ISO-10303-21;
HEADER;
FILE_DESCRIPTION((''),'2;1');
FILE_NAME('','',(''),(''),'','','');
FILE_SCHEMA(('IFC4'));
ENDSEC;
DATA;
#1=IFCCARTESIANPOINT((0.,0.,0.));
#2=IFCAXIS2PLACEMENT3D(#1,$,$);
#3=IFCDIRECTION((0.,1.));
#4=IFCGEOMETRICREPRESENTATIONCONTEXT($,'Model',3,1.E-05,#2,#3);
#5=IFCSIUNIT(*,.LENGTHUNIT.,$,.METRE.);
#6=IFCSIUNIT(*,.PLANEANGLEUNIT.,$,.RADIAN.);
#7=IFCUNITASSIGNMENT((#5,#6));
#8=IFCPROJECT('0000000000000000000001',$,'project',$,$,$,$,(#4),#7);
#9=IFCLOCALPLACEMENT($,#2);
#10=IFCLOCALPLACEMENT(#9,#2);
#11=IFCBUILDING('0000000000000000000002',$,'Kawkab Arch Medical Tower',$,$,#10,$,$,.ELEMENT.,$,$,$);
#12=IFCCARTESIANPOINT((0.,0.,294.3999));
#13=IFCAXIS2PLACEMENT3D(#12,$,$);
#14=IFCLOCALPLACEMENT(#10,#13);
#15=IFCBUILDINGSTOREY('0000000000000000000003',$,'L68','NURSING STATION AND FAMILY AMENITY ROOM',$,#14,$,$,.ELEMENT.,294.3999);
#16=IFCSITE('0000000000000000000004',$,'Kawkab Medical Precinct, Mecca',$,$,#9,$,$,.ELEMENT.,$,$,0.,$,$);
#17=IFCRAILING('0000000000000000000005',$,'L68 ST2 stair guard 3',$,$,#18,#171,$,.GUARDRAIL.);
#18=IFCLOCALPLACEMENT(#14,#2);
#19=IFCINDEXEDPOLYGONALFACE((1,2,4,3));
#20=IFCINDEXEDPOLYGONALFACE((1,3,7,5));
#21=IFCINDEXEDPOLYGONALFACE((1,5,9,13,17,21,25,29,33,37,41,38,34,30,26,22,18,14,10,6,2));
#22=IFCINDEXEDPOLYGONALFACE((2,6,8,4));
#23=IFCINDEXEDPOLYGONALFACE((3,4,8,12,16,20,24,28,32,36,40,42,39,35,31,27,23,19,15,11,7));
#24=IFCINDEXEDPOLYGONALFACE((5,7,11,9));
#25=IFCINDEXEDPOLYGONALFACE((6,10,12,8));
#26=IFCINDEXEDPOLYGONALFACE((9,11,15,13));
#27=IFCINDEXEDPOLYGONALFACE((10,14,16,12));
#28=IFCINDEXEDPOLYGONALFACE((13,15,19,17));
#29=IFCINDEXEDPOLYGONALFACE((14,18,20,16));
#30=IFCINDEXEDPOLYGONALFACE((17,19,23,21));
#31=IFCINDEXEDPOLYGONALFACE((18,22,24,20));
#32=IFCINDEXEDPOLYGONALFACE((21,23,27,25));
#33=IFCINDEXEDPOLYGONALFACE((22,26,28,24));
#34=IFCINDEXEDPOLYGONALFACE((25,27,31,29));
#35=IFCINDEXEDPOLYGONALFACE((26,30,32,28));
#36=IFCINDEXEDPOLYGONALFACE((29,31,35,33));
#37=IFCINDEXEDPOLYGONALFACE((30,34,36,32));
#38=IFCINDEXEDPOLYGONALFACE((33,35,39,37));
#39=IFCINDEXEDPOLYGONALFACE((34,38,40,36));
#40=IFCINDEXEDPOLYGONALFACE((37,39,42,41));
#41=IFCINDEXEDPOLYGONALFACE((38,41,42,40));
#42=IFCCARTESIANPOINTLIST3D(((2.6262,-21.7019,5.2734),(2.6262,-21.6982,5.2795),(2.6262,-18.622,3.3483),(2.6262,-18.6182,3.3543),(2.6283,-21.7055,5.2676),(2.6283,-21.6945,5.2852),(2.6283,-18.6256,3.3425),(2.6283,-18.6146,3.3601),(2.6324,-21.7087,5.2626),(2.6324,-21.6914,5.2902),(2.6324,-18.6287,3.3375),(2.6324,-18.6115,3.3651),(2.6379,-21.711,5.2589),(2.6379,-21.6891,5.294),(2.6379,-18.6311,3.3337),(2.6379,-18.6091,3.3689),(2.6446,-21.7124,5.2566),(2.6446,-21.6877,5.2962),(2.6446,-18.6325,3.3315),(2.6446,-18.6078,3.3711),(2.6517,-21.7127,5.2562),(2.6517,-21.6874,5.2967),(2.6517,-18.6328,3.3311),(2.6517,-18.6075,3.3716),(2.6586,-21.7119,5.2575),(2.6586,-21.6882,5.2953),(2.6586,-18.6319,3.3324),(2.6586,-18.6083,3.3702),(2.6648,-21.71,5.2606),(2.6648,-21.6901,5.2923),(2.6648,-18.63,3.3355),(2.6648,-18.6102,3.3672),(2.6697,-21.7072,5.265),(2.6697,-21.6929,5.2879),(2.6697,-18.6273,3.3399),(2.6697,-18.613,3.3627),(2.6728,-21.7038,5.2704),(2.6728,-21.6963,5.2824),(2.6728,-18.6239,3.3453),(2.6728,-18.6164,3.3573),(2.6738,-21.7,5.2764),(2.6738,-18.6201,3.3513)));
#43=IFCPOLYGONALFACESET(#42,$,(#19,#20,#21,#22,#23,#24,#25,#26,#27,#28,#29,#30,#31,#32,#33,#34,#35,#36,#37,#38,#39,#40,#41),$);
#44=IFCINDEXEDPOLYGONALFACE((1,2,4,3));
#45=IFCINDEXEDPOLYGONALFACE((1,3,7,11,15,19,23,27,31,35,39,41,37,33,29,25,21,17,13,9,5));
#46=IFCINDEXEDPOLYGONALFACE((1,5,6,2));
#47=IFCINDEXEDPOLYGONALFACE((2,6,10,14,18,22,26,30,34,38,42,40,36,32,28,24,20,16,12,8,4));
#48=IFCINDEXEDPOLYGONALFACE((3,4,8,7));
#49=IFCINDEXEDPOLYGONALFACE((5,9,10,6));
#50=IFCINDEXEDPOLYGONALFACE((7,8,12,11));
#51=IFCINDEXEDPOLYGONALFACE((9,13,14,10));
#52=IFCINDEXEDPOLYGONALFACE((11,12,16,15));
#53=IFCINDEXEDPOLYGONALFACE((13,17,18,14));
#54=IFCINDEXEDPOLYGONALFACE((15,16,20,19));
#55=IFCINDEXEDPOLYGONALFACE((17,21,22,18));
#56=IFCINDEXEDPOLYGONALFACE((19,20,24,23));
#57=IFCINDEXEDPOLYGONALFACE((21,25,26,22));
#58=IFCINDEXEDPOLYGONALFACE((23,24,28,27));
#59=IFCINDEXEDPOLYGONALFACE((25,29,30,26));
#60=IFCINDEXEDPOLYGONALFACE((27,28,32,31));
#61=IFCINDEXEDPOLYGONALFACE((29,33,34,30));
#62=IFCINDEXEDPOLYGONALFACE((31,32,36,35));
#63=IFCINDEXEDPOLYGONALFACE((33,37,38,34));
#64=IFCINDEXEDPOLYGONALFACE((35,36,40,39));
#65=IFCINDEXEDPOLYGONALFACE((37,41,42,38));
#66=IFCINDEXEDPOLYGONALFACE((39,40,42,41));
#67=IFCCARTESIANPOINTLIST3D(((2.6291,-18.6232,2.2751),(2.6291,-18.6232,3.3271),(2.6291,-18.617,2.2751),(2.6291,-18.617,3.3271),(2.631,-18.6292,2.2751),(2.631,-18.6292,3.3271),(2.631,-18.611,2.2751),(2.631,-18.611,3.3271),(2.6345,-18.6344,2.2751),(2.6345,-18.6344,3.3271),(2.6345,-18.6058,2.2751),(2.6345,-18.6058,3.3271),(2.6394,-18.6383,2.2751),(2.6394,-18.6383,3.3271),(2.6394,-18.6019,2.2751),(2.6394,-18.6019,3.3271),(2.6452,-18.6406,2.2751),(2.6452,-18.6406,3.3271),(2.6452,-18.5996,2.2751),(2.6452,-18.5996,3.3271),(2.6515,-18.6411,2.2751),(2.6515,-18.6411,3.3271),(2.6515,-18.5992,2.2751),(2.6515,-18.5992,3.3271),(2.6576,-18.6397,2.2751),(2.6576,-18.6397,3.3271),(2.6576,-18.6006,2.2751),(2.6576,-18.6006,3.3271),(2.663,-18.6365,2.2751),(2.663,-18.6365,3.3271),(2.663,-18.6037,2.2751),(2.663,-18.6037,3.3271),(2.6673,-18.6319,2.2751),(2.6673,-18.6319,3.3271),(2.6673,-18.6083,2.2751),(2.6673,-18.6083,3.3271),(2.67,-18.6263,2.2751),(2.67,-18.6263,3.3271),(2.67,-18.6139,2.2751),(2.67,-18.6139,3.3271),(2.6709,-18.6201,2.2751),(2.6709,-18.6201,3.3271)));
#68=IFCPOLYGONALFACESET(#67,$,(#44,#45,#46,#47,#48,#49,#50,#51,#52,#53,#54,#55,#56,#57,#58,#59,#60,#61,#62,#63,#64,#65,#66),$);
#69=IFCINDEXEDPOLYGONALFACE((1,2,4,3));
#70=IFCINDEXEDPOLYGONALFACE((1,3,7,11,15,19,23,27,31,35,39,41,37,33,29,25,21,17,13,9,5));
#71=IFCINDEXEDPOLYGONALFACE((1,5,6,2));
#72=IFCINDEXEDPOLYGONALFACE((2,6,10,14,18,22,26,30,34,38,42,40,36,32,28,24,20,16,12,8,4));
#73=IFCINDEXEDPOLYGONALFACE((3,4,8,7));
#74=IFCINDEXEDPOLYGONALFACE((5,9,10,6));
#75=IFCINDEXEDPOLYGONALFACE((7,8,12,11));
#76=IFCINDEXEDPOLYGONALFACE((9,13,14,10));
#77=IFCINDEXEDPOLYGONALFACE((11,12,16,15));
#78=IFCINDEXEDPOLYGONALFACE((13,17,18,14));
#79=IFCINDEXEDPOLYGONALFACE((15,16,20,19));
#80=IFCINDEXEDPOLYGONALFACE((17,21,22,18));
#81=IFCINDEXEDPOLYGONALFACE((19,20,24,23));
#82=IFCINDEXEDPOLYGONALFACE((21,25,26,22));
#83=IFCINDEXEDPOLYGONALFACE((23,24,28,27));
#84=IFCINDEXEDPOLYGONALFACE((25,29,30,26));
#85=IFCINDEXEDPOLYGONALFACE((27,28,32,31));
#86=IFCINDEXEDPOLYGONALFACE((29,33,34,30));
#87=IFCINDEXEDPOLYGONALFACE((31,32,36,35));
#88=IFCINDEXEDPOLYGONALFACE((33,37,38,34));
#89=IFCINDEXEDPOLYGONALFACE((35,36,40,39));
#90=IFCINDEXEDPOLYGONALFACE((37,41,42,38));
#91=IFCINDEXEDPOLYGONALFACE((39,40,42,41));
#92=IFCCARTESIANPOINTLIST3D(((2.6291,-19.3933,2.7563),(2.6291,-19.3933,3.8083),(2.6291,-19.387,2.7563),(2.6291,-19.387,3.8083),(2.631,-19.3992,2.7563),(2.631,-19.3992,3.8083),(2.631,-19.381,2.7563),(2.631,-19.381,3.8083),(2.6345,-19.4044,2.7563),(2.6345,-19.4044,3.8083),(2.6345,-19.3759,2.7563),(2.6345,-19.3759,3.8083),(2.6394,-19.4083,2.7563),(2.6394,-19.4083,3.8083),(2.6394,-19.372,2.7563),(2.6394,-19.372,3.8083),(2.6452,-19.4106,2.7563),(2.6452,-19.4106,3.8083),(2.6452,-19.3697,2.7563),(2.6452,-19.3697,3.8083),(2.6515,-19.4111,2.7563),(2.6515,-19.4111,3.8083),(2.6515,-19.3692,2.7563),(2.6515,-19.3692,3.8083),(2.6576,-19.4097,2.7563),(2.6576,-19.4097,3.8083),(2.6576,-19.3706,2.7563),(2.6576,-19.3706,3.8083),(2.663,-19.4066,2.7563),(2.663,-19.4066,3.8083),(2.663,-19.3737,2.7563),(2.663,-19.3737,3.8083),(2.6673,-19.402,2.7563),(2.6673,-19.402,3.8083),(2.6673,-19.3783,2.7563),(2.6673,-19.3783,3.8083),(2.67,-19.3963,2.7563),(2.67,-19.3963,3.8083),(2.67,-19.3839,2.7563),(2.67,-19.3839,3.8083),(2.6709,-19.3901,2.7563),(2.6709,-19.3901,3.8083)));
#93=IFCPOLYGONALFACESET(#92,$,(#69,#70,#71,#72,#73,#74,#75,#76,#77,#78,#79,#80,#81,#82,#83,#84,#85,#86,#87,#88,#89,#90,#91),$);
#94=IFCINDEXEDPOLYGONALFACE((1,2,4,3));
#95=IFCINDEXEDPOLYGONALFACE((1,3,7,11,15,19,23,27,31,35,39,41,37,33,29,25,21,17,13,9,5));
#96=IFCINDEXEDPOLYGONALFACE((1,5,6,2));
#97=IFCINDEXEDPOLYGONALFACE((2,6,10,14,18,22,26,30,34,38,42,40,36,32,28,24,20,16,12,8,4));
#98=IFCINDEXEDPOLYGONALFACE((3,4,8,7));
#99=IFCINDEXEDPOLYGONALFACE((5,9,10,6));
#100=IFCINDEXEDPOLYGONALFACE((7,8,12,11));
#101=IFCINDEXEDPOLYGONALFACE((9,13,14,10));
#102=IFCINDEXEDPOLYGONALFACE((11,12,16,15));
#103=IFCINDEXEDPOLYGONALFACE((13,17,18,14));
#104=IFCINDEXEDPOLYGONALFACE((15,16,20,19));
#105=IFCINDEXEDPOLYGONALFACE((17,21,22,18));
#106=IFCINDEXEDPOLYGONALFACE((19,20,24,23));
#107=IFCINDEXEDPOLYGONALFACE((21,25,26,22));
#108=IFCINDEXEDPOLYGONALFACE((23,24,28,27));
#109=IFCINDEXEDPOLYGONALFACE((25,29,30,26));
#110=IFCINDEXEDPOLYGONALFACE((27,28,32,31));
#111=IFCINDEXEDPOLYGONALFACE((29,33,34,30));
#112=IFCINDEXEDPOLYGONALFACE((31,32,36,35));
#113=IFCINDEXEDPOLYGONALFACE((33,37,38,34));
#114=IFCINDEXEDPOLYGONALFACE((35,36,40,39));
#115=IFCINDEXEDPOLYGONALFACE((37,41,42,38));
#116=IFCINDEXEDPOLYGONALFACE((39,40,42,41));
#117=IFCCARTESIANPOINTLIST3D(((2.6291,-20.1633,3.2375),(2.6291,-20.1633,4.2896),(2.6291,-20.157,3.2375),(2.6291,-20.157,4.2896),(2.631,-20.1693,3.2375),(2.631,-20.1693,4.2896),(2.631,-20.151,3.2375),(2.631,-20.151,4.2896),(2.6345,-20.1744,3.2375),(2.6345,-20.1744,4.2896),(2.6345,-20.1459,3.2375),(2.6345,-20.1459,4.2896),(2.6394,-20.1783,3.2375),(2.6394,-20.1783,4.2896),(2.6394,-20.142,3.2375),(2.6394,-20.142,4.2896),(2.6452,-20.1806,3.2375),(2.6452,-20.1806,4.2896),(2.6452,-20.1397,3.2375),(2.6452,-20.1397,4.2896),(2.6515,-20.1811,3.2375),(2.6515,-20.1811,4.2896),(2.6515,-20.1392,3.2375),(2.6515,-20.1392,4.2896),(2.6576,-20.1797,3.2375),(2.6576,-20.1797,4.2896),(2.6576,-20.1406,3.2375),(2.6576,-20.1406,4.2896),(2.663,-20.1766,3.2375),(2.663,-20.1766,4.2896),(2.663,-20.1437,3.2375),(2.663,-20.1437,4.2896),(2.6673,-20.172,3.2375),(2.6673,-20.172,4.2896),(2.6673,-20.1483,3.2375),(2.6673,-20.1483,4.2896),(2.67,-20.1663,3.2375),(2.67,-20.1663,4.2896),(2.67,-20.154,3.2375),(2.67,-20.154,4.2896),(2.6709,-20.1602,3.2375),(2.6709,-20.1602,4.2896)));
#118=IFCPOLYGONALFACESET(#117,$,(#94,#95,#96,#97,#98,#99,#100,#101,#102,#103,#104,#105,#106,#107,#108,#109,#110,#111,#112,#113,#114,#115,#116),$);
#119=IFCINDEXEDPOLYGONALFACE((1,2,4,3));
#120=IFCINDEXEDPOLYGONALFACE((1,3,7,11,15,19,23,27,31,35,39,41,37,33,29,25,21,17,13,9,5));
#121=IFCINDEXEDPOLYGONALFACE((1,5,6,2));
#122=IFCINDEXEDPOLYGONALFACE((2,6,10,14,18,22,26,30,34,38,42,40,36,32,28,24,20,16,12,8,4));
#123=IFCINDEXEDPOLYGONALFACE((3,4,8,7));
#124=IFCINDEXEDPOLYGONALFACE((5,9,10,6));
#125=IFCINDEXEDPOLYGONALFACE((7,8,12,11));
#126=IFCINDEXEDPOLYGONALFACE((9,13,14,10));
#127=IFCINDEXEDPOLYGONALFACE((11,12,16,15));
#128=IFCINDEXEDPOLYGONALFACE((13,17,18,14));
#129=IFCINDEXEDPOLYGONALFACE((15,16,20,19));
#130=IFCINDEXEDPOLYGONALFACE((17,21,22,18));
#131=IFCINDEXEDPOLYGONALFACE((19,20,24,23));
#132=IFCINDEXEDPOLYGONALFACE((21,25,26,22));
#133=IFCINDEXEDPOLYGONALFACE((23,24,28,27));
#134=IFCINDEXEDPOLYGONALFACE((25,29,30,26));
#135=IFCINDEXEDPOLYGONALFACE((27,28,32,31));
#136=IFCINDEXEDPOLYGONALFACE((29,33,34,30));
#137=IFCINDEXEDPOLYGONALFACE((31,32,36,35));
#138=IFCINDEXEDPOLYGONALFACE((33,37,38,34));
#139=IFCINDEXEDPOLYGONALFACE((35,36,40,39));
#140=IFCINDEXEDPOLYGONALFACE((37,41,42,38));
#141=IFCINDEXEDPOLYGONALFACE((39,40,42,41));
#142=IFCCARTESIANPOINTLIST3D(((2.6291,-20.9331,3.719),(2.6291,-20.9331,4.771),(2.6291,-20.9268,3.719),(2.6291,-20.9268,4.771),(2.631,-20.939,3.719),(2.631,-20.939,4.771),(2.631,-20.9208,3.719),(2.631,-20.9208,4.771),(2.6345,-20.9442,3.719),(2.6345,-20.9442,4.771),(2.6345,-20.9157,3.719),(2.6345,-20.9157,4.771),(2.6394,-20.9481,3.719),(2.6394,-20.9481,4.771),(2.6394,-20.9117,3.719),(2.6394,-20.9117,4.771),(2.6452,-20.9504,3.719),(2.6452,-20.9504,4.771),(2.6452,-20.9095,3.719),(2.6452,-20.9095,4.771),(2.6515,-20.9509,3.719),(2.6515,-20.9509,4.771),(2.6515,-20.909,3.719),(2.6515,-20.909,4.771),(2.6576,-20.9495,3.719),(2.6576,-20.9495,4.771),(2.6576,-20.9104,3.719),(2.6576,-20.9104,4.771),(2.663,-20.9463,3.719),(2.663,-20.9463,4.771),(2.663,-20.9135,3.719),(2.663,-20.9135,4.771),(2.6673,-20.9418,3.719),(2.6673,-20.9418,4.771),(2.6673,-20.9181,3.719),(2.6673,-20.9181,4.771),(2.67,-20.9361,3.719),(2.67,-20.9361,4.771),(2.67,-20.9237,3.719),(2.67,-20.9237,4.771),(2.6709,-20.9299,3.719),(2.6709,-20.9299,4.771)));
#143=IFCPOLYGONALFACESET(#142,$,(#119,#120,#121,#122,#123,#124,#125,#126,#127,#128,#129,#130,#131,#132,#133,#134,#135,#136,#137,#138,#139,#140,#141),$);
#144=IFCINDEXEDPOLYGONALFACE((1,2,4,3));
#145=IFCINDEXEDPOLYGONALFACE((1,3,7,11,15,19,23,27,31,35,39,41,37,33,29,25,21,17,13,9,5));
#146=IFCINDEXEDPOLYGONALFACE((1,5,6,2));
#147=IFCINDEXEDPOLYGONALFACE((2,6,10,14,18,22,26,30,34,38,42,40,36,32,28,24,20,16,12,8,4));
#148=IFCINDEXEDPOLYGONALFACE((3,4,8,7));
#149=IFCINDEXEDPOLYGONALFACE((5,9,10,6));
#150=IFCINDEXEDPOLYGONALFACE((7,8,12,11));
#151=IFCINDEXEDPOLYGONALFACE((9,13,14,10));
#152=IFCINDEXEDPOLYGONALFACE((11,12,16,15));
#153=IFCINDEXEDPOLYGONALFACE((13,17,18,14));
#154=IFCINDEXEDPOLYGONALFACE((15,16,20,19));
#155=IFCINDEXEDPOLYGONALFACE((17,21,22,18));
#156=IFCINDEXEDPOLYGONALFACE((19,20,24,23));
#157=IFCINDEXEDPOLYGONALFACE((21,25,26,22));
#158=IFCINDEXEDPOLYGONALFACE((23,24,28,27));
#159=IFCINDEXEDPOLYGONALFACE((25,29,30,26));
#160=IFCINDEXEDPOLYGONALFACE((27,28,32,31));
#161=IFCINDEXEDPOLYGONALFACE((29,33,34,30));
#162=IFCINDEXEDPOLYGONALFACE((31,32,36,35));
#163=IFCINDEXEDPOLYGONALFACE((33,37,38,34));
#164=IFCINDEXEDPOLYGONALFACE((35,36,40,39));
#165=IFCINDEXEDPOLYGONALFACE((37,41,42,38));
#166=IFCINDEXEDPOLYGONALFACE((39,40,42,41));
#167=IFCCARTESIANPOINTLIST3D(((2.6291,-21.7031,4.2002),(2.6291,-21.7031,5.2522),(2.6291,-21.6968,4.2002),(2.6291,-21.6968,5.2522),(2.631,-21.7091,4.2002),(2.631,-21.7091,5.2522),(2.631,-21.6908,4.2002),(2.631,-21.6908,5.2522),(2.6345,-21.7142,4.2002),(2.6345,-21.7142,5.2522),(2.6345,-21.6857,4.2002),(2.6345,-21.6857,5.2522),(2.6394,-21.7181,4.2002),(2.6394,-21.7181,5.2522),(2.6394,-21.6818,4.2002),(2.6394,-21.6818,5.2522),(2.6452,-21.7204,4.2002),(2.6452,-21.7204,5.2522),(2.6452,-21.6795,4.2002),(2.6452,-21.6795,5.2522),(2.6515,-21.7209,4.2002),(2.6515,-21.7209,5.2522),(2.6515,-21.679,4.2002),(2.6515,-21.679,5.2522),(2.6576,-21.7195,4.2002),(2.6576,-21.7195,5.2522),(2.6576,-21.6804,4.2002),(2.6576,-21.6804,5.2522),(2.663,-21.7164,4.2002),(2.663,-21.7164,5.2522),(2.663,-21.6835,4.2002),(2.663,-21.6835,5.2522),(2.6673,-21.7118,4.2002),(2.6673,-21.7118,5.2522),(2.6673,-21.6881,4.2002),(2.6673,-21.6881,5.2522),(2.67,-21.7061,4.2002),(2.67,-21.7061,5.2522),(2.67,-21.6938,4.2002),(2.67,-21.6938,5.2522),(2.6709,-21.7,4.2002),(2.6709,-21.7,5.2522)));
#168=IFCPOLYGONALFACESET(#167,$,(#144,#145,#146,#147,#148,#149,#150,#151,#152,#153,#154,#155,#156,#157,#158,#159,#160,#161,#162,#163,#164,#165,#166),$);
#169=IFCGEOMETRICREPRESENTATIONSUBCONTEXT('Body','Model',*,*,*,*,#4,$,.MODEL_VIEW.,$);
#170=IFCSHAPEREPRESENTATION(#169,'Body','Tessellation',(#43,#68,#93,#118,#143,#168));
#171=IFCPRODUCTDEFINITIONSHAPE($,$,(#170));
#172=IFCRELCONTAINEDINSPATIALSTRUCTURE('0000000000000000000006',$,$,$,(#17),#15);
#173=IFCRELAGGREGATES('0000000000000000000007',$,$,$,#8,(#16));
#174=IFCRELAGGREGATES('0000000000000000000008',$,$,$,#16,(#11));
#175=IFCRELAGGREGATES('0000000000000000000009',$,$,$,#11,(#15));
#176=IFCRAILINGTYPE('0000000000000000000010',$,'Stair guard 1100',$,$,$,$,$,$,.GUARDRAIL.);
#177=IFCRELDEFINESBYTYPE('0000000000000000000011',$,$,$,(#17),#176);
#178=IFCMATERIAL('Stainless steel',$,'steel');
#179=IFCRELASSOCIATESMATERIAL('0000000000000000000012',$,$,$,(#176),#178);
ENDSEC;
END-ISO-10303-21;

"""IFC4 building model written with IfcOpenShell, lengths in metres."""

from ifc_helpers import new_model, si_unit, direction, frame, origin, origin_2d, place, context, subcontext, project, spatial, circle, extrude, material, type_object, element, save


model = new_model("IFC4")

# Units and contexts
model_context = context("Model", 3, precision=1e-05, world=origin(), true_north=direction((0.0, 1.0)))
body_context = subcontext(model_context, "Body", "Model", "MODEL_VIEW")
ifc_project = project(units=[si_unit("LENGTHUNIT", "METRE"), si_unit("PLANEANGLEUNIT", "RADIAN")], contexts=[model_context])

# Site, building, storey
site_placement = place(None, origin())
site = spatial("IfcSite", under=ifc_project, at=site_placement, Name="Kawkab Medical Precinct, Mecca", CompositionType="ELEMENT", RefElevation=0.0)
building_placement = place(site_placement, origin())
building = spatial("IfcBuilding", under=site, at=building_placement, Name="Kawkab Arch Medical Tower", CompositionType="ELEMENT")
storey_placement = place(building_placement, frame((0.0, 0.0, 294.3999)))
storey = spatial("IfcBuildingStorey", under=building, at=storey_placement, Name="L68", Description="NURSING STATION AND FAMILY AMENITY ROOM", CompositionType="ELEMENT", Elevation=294.3999)

# Railing
ifc_material_1 = material(Name="Stainless steel", Category="steel")
railing_type = type_object("IfcRailingType", Name="Stair guard 1100", PredefinedType="GUARDRAIL", material=ifc_material_1)
railing_1_placement = place(storey_placement, frame((2.6499, -18.6201, 2.2751)))
element("IfcRailing", 1, at=railing_1_placement, inside=storey, type_object=railing_type, Name="L68 ST2 stair guard 3", PredefinedType="GUARDRAIL", context=body_context, shape_type="SweptSolid", body=[
    extrude(circle(Radius=0.0239, at=origin_2d()), frame((0.0, 0.0, 1.0762), z_axis=(0.0, -0.847979, 0.530029), x_axis=(1.0, 0.0, 0.0)), (0.0, 0.0, 1.0), 3.6321),
    extrude(circle(Radius=0.021, at=origin_2d()), origin(), (0.0, 0.0, 1.0), 1.052),
    extrude(circle(Radius=0.021, at=origin_2d()), frame((0.0, -0.77, 0.4812)), (0.0, 0.0, 1.0), 1.052),
    extrude(circle(Radius=0.021, at=origin_2d()), frame((0.0, -1.54, 0.9624)), (0.0, 0.0, 1.0), 1.052),
    extrude(circle(Radius=0.021, at=origin_2d()), frame((0.0, -2.3098, 1.4438)), (0.0, 0.0, 1.0), 1.052),
    extrude(circle(Radius=0.021, at=origin_2d()), frame((0.0, -3.0798, 1.925)), (0.0, 0.0, 1.0), 1.052),
])

save(model, "model.ifc")
